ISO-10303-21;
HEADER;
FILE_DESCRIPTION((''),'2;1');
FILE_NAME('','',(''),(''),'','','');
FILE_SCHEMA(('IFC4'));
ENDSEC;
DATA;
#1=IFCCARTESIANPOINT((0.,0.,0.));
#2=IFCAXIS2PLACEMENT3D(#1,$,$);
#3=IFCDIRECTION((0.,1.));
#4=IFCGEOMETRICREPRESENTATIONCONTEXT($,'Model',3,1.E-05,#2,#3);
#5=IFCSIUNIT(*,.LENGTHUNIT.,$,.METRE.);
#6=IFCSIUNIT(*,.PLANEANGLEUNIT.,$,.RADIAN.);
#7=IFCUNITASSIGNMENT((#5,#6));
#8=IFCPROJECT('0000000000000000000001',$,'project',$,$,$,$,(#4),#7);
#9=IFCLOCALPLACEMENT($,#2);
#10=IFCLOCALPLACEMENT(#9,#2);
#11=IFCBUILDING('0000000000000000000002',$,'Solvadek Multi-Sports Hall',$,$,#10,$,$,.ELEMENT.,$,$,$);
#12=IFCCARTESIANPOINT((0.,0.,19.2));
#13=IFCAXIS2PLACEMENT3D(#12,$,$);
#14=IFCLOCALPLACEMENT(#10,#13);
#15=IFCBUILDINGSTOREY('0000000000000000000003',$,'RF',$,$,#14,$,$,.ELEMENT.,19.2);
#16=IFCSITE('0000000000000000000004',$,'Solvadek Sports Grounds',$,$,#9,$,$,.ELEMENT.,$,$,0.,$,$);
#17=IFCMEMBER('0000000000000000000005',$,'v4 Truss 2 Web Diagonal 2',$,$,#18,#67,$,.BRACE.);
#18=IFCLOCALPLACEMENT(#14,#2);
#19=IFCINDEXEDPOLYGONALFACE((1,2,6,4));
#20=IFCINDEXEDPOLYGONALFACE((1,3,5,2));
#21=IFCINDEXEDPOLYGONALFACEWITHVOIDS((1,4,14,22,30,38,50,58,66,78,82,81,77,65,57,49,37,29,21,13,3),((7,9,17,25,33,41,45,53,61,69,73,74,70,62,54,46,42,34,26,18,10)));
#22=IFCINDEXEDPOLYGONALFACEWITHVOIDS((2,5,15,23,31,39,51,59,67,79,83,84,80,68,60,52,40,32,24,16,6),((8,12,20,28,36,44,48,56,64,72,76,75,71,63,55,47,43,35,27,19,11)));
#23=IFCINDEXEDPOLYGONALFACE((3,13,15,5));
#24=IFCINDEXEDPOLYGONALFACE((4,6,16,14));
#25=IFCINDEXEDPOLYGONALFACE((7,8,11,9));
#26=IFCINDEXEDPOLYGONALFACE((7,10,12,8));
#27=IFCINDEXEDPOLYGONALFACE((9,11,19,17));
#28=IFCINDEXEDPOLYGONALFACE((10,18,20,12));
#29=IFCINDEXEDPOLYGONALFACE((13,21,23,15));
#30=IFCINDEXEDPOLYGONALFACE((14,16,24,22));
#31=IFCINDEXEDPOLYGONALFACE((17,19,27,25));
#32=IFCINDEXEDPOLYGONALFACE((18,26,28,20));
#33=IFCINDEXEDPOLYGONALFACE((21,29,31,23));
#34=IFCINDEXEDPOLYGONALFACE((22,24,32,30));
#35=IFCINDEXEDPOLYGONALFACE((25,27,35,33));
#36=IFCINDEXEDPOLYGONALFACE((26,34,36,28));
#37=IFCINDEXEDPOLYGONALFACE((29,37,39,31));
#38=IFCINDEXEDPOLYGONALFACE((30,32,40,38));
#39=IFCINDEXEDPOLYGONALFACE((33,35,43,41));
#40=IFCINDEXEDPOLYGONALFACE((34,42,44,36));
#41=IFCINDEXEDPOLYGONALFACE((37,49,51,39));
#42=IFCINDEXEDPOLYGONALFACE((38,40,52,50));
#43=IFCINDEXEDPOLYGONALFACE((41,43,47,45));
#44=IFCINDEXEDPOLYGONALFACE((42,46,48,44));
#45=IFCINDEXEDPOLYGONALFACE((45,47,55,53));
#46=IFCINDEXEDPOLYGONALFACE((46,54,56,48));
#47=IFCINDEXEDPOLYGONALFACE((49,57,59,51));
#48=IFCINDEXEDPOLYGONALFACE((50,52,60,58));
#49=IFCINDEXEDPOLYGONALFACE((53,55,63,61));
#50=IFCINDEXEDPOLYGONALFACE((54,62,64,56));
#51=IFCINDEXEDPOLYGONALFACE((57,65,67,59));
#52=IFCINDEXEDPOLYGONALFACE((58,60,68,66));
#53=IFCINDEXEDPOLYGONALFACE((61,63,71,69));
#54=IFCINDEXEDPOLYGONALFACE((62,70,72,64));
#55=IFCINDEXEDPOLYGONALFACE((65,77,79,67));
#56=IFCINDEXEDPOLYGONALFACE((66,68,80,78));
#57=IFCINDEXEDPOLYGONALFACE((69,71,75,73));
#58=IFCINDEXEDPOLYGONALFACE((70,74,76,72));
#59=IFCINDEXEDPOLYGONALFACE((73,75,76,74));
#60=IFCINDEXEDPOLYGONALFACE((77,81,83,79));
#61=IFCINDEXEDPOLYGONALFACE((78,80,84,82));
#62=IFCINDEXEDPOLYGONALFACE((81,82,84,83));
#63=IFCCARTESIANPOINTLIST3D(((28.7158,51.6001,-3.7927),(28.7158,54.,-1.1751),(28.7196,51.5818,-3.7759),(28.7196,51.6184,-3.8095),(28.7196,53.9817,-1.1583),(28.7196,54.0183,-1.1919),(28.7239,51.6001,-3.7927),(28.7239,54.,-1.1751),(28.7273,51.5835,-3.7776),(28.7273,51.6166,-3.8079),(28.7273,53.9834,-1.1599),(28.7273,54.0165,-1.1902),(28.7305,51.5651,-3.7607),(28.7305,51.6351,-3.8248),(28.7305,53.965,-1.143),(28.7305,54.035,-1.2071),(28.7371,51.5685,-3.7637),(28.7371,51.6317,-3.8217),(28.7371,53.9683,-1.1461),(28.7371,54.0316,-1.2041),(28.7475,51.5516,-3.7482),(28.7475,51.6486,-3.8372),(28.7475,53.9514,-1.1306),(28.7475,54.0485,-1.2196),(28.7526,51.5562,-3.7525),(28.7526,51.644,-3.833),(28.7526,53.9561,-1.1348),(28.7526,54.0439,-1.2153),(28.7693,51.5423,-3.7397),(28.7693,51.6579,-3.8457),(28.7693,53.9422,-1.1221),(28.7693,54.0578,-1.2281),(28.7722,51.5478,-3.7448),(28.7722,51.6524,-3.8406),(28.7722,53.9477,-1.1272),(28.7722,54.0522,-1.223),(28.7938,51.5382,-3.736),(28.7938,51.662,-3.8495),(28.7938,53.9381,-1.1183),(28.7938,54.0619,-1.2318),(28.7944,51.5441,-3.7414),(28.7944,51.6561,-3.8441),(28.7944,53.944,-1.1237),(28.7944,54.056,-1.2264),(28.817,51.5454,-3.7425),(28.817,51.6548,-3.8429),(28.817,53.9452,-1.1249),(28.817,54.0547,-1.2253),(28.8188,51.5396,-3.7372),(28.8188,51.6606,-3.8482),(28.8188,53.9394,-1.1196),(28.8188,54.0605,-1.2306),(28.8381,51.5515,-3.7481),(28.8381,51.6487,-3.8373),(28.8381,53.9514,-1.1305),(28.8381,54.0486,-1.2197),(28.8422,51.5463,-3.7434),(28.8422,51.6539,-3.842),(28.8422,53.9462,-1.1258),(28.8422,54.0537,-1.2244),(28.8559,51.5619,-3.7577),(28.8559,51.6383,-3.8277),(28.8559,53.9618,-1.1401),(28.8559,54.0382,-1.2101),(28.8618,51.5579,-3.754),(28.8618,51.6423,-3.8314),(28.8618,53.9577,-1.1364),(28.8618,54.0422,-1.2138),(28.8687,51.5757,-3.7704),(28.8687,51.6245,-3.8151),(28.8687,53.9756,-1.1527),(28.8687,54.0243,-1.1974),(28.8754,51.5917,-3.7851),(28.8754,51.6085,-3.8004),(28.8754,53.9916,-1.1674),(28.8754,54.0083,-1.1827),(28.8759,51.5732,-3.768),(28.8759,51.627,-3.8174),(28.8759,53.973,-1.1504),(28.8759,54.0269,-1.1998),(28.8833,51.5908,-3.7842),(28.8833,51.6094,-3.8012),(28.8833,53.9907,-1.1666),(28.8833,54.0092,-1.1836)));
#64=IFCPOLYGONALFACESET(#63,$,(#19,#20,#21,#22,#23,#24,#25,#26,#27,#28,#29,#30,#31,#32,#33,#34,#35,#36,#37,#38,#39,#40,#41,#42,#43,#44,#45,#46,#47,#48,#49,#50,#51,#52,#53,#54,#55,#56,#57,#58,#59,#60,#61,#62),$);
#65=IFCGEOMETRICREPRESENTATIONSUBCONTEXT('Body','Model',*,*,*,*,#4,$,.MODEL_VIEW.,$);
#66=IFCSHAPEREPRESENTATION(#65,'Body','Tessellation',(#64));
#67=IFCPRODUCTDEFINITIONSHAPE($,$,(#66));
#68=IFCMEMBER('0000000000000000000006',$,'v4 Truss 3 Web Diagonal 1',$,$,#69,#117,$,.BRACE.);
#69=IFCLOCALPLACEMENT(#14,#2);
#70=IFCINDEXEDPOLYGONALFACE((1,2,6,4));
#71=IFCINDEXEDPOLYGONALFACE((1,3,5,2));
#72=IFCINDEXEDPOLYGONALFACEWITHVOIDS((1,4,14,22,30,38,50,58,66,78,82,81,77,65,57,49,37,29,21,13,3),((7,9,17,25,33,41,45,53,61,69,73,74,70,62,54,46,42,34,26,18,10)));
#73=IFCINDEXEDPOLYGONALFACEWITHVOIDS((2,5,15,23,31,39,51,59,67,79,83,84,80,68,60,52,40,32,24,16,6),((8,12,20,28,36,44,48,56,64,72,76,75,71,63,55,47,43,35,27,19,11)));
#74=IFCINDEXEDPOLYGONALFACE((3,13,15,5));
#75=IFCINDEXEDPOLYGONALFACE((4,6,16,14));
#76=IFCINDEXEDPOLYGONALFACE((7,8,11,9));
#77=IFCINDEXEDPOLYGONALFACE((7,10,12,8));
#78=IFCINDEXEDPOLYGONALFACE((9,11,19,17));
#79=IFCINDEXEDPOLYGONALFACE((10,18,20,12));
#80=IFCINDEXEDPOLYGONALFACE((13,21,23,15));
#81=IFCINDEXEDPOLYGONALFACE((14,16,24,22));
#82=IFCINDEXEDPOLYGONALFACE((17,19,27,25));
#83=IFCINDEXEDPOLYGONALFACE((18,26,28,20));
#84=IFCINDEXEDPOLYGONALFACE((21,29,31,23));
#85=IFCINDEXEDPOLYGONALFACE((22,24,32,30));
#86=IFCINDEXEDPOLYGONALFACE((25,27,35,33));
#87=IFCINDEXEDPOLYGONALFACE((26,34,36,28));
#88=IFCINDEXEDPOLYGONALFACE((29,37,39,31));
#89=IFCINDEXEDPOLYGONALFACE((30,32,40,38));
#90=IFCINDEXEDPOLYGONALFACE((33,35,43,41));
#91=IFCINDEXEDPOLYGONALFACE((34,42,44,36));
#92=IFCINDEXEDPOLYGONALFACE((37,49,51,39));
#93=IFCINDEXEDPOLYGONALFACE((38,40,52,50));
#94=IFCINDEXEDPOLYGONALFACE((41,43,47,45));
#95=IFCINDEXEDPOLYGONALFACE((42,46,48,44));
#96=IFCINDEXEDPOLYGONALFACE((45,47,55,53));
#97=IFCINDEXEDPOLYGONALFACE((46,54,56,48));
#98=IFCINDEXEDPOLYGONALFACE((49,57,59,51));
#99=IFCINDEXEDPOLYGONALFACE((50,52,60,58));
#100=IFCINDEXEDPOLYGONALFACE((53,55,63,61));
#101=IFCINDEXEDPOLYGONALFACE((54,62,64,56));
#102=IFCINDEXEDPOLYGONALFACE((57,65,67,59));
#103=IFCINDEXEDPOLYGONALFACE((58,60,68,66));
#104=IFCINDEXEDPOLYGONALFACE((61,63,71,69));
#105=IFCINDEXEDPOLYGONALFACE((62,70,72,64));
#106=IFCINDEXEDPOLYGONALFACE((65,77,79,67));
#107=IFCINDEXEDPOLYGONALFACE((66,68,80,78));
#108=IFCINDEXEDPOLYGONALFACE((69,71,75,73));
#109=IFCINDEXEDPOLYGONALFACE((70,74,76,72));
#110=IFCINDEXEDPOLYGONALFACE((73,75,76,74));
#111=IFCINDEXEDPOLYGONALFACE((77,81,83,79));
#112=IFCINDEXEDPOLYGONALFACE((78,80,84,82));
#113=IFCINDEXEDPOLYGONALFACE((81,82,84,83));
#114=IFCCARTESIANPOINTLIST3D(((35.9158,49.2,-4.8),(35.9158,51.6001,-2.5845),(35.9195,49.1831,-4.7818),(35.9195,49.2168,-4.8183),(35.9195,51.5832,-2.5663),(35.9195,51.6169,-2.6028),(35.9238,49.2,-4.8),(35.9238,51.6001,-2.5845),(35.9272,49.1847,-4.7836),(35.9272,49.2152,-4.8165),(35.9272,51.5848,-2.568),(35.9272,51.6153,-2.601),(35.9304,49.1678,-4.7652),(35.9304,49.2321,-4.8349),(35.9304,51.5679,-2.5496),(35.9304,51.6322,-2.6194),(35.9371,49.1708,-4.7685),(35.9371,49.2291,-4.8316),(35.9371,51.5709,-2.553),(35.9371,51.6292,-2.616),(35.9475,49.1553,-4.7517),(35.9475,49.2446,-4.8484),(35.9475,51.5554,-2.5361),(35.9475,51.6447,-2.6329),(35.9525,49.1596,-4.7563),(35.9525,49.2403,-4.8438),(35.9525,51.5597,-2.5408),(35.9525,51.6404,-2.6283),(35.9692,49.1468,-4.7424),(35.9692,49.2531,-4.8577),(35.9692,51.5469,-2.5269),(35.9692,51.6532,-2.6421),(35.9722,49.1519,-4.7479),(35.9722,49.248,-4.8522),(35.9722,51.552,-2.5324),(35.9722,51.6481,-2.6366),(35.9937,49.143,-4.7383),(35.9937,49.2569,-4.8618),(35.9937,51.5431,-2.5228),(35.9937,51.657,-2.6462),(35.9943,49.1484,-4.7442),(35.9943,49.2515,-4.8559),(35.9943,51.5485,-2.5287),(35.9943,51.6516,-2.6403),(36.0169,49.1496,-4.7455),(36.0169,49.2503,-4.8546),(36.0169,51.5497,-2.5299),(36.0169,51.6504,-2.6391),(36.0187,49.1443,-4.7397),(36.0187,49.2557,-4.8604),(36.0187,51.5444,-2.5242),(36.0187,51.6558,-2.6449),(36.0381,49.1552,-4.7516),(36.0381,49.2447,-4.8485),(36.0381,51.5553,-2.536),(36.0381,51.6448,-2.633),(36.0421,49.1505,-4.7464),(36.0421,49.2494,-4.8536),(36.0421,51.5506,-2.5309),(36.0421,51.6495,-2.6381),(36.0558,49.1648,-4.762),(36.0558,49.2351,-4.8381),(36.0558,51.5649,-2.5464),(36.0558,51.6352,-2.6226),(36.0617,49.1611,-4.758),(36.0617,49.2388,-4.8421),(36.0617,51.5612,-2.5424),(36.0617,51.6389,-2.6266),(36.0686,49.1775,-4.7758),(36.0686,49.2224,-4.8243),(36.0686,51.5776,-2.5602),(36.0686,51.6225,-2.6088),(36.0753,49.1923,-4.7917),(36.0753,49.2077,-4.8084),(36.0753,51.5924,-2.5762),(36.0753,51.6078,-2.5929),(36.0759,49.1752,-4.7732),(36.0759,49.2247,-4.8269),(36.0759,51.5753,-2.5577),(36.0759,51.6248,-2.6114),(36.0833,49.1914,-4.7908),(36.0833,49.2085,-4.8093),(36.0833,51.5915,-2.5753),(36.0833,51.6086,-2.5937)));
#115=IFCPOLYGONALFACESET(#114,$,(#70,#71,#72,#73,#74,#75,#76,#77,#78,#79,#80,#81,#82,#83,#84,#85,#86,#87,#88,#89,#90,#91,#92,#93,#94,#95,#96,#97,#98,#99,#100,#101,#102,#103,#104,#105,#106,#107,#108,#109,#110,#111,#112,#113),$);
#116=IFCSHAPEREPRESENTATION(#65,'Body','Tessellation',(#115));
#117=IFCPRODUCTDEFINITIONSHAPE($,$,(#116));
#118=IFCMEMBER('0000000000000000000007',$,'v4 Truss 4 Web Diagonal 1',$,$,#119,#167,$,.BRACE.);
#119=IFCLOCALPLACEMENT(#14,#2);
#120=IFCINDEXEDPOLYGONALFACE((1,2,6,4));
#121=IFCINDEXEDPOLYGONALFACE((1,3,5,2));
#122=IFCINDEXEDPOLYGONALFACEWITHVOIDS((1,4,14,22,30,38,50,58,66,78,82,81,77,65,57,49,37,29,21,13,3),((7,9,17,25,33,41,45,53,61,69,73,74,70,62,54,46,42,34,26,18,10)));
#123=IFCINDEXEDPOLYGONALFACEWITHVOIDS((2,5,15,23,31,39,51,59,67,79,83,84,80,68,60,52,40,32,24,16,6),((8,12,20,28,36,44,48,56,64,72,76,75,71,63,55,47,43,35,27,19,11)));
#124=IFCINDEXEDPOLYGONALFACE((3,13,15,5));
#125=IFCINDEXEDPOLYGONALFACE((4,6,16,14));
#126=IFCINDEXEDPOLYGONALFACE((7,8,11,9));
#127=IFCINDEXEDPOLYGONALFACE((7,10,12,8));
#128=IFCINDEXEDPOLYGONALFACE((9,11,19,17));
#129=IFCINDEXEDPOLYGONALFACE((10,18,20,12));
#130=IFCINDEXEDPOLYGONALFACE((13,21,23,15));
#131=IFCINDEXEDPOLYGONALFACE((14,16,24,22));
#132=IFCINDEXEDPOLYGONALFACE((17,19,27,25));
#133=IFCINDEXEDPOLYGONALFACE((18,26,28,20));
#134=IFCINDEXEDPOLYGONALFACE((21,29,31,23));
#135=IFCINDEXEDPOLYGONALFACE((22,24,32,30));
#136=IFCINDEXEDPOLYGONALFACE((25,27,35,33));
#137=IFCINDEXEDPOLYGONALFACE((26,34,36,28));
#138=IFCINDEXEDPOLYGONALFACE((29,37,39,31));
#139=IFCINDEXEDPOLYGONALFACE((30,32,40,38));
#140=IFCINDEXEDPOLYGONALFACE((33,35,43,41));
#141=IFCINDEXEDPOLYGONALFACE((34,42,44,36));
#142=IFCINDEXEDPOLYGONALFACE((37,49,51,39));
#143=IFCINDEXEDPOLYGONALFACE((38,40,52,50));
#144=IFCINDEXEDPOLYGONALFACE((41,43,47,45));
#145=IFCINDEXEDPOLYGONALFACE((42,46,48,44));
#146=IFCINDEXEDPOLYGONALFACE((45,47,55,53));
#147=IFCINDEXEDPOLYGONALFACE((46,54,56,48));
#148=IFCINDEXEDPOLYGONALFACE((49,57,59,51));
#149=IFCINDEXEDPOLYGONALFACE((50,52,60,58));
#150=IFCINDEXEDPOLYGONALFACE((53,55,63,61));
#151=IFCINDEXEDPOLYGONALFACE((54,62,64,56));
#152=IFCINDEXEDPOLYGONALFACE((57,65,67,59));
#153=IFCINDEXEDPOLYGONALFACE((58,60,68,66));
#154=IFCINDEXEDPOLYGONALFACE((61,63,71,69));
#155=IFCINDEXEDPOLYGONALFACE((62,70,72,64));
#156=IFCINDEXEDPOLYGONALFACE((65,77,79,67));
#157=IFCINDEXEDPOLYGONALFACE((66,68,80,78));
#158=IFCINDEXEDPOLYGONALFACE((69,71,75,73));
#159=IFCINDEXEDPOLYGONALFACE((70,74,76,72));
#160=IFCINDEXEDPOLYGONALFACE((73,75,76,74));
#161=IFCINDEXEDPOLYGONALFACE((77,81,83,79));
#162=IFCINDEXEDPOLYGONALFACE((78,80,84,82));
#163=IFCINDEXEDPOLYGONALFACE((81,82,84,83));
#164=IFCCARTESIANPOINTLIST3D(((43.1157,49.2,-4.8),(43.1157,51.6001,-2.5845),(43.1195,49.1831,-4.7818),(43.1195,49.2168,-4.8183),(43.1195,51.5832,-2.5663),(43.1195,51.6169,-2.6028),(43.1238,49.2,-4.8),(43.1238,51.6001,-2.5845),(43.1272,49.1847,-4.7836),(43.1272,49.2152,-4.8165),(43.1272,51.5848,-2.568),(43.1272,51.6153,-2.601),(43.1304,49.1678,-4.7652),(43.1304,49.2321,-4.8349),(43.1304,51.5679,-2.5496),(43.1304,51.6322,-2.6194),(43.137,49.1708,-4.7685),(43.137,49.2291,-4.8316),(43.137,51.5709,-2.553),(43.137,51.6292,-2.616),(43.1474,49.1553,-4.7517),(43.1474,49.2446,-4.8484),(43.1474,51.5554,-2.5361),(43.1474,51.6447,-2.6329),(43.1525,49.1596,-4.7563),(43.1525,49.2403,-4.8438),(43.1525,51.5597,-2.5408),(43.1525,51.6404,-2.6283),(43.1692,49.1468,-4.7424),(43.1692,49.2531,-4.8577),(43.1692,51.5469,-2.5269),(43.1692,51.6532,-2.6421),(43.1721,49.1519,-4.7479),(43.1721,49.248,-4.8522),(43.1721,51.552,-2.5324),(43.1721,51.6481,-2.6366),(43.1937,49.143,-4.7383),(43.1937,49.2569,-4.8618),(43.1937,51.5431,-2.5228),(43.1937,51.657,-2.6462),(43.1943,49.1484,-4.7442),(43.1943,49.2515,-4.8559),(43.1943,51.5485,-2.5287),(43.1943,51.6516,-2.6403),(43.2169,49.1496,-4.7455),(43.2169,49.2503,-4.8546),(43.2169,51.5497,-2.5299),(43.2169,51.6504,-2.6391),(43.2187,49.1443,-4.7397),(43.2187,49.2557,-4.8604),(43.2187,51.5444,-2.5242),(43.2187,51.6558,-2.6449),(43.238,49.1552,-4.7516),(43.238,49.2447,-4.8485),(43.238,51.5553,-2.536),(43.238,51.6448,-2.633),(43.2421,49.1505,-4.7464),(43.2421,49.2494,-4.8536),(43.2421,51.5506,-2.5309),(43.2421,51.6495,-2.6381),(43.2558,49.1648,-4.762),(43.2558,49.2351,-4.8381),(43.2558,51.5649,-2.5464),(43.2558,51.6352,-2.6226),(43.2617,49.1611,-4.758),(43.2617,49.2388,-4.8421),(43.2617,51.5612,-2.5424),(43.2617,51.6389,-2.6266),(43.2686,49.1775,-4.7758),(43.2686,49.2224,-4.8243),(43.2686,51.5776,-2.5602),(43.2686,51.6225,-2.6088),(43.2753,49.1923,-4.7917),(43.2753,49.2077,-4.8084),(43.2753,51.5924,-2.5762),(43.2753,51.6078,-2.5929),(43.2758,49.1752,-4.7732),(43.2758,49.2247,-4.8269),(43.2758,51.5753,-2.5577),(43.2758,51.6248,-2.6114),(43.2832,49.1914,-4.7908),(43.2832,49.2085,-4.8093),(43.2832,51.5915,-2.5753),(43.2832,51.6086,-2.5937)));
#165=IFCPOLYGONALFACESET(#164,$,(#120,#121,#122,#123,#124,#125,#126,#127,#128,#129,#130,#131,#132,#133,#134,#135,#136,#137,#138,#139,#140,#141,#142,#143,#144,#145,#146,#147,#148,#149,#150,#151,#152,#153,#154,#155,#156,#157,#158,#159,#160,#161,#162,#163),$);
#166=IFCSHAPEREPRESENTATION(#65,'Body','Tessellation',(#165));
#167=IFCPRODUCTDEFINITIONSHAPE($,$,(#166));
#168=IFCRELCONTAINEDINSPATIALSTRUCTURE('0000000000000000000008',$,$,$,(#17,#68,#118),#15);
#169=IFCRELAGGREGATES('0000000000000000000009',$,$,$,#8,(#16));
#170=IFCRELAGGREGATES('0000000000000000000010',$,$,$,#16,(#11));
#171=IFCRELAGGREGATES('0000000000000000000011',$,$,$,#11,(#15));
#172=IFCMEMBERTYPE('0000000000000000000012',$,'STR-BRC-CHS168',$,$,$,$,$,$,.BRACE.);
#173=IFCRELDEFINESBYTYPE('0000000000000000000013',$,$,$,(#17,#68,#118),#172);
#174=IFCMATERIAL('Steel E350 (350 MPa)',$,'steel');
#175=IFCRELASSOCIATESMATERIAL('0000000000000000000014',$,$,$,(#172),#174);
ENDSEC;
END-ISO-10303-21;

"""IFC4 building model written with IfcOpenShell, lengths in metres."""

from ifc_helpers import new_model, si_unit, direction, frame, origin, origin_2d, place, context, subcontext, project, spatial, hollow_circle, extrude, material, material_profile, profile_set, type_object, element, save


model = new_model("IFC4")

# Units and contexts
model_context = context("Model", 3, precision=1e-05, world=origin(), true_north=direction((0.0, 1.0)))
body_context = subcontext(model_context, "Body", "Model", "MODEL_VIEW")
ifc_project = project(units=[si_unit("LENGTHUNIT", "METRE"), si_unit("PLANEANGLEUNIT", "RADIAN")], contexts=[model_context])

# Site, building, storey
site_placement = place(None, origin())
site = spatial("IfcSite", under=ifc_project, at=site_placement, Name="Solvadek Sports Grounds", CompositionType="ELEMENT", RefElevation=0.0)
building_placement = place(site_placement, origin())
building = spatial("IfcBuilding", under=site, at=building_placement, Name="Solvadek Multi-Sports Hall", CompositionType="ELEMENT")
storey_placement = place(building_placement, frame((0.0, 0.0, 19.2)))
storey = spatial("IfcBuildingStorey", under=building, at=storey_placement, Name="RF", CompositionType="ELEMENT", Elevation=19.2)

# Shared definitions
ifc_material_1 = material(Name="Steel E350 (350 MPa)", Category="steel")

# Members
ifc_material_profile_1 = material_profile(ifc_material_1, hollow_circle(Radius=0.0842, WallThickness=0.0081, at=origin_2d()), Name="CHS 168.3x8")
ifc_profile_set_1 = profile_set([ifc_material_profile_1], Name="Steel E350 (350 MPa)")
member_type_1 = type_object("IfcMemberType", Name="STR-BRC-CHS168", PredefinedType="BRACE", material=ifc_profile_set_1)
member_1_placement = place(storey_placement, frame((28.8, 51.6001, -3.7927), z_axis=(0.0, 0.675781, 0.737103), x_axis=(-1.0, 0.0, 0.0)))
element("IfcMember", 1, at=member_1_placement, inside=storey, type_object=member_type_1, Name="v4 Truss 2 Web Diagonal 2", PredefinedType="BRACE", context=body_context, shape_type="SweptSolid", body=[
    extrude(hollow_circle(Radius=0.0842, WallThickness=0.0081, at=origin_2d()), origin(), (0.0, 0.0, 1.0), 3.5513),
])
for number, where, z_axis, x_axis, name in (
    (2, (36.0, 49.2, -4.8), (0.0, 0.734795, 0.678289), (-1.0, 0.0, 0.0), "v4 Truss 3 Web Diagonal 1"),
    (3, (43.2, 49.2, -4.8), (0.0, 0.734795, 0.678289), (-1.0, 0.0, 0.0), "v4 Truss 4 Web Diagonal 1"),
):
    element("IfcMember", number, at=place(storey_placement, frame(where, z_axis=z_axis, x_axis=x_axis)), inside=storey, type_object=member_type_1, Name=name, PredefinedType="BRACE", context=body_context, shape_type="SweptSolid", body=[
        extrude(hollow_circle(Radius=0.0842, WallThickness=0.0081, at=origin_2d()), origin(), (0.0, 0.0, 1.0), 3.2664),
    ])

save(model, "model.ifc")
